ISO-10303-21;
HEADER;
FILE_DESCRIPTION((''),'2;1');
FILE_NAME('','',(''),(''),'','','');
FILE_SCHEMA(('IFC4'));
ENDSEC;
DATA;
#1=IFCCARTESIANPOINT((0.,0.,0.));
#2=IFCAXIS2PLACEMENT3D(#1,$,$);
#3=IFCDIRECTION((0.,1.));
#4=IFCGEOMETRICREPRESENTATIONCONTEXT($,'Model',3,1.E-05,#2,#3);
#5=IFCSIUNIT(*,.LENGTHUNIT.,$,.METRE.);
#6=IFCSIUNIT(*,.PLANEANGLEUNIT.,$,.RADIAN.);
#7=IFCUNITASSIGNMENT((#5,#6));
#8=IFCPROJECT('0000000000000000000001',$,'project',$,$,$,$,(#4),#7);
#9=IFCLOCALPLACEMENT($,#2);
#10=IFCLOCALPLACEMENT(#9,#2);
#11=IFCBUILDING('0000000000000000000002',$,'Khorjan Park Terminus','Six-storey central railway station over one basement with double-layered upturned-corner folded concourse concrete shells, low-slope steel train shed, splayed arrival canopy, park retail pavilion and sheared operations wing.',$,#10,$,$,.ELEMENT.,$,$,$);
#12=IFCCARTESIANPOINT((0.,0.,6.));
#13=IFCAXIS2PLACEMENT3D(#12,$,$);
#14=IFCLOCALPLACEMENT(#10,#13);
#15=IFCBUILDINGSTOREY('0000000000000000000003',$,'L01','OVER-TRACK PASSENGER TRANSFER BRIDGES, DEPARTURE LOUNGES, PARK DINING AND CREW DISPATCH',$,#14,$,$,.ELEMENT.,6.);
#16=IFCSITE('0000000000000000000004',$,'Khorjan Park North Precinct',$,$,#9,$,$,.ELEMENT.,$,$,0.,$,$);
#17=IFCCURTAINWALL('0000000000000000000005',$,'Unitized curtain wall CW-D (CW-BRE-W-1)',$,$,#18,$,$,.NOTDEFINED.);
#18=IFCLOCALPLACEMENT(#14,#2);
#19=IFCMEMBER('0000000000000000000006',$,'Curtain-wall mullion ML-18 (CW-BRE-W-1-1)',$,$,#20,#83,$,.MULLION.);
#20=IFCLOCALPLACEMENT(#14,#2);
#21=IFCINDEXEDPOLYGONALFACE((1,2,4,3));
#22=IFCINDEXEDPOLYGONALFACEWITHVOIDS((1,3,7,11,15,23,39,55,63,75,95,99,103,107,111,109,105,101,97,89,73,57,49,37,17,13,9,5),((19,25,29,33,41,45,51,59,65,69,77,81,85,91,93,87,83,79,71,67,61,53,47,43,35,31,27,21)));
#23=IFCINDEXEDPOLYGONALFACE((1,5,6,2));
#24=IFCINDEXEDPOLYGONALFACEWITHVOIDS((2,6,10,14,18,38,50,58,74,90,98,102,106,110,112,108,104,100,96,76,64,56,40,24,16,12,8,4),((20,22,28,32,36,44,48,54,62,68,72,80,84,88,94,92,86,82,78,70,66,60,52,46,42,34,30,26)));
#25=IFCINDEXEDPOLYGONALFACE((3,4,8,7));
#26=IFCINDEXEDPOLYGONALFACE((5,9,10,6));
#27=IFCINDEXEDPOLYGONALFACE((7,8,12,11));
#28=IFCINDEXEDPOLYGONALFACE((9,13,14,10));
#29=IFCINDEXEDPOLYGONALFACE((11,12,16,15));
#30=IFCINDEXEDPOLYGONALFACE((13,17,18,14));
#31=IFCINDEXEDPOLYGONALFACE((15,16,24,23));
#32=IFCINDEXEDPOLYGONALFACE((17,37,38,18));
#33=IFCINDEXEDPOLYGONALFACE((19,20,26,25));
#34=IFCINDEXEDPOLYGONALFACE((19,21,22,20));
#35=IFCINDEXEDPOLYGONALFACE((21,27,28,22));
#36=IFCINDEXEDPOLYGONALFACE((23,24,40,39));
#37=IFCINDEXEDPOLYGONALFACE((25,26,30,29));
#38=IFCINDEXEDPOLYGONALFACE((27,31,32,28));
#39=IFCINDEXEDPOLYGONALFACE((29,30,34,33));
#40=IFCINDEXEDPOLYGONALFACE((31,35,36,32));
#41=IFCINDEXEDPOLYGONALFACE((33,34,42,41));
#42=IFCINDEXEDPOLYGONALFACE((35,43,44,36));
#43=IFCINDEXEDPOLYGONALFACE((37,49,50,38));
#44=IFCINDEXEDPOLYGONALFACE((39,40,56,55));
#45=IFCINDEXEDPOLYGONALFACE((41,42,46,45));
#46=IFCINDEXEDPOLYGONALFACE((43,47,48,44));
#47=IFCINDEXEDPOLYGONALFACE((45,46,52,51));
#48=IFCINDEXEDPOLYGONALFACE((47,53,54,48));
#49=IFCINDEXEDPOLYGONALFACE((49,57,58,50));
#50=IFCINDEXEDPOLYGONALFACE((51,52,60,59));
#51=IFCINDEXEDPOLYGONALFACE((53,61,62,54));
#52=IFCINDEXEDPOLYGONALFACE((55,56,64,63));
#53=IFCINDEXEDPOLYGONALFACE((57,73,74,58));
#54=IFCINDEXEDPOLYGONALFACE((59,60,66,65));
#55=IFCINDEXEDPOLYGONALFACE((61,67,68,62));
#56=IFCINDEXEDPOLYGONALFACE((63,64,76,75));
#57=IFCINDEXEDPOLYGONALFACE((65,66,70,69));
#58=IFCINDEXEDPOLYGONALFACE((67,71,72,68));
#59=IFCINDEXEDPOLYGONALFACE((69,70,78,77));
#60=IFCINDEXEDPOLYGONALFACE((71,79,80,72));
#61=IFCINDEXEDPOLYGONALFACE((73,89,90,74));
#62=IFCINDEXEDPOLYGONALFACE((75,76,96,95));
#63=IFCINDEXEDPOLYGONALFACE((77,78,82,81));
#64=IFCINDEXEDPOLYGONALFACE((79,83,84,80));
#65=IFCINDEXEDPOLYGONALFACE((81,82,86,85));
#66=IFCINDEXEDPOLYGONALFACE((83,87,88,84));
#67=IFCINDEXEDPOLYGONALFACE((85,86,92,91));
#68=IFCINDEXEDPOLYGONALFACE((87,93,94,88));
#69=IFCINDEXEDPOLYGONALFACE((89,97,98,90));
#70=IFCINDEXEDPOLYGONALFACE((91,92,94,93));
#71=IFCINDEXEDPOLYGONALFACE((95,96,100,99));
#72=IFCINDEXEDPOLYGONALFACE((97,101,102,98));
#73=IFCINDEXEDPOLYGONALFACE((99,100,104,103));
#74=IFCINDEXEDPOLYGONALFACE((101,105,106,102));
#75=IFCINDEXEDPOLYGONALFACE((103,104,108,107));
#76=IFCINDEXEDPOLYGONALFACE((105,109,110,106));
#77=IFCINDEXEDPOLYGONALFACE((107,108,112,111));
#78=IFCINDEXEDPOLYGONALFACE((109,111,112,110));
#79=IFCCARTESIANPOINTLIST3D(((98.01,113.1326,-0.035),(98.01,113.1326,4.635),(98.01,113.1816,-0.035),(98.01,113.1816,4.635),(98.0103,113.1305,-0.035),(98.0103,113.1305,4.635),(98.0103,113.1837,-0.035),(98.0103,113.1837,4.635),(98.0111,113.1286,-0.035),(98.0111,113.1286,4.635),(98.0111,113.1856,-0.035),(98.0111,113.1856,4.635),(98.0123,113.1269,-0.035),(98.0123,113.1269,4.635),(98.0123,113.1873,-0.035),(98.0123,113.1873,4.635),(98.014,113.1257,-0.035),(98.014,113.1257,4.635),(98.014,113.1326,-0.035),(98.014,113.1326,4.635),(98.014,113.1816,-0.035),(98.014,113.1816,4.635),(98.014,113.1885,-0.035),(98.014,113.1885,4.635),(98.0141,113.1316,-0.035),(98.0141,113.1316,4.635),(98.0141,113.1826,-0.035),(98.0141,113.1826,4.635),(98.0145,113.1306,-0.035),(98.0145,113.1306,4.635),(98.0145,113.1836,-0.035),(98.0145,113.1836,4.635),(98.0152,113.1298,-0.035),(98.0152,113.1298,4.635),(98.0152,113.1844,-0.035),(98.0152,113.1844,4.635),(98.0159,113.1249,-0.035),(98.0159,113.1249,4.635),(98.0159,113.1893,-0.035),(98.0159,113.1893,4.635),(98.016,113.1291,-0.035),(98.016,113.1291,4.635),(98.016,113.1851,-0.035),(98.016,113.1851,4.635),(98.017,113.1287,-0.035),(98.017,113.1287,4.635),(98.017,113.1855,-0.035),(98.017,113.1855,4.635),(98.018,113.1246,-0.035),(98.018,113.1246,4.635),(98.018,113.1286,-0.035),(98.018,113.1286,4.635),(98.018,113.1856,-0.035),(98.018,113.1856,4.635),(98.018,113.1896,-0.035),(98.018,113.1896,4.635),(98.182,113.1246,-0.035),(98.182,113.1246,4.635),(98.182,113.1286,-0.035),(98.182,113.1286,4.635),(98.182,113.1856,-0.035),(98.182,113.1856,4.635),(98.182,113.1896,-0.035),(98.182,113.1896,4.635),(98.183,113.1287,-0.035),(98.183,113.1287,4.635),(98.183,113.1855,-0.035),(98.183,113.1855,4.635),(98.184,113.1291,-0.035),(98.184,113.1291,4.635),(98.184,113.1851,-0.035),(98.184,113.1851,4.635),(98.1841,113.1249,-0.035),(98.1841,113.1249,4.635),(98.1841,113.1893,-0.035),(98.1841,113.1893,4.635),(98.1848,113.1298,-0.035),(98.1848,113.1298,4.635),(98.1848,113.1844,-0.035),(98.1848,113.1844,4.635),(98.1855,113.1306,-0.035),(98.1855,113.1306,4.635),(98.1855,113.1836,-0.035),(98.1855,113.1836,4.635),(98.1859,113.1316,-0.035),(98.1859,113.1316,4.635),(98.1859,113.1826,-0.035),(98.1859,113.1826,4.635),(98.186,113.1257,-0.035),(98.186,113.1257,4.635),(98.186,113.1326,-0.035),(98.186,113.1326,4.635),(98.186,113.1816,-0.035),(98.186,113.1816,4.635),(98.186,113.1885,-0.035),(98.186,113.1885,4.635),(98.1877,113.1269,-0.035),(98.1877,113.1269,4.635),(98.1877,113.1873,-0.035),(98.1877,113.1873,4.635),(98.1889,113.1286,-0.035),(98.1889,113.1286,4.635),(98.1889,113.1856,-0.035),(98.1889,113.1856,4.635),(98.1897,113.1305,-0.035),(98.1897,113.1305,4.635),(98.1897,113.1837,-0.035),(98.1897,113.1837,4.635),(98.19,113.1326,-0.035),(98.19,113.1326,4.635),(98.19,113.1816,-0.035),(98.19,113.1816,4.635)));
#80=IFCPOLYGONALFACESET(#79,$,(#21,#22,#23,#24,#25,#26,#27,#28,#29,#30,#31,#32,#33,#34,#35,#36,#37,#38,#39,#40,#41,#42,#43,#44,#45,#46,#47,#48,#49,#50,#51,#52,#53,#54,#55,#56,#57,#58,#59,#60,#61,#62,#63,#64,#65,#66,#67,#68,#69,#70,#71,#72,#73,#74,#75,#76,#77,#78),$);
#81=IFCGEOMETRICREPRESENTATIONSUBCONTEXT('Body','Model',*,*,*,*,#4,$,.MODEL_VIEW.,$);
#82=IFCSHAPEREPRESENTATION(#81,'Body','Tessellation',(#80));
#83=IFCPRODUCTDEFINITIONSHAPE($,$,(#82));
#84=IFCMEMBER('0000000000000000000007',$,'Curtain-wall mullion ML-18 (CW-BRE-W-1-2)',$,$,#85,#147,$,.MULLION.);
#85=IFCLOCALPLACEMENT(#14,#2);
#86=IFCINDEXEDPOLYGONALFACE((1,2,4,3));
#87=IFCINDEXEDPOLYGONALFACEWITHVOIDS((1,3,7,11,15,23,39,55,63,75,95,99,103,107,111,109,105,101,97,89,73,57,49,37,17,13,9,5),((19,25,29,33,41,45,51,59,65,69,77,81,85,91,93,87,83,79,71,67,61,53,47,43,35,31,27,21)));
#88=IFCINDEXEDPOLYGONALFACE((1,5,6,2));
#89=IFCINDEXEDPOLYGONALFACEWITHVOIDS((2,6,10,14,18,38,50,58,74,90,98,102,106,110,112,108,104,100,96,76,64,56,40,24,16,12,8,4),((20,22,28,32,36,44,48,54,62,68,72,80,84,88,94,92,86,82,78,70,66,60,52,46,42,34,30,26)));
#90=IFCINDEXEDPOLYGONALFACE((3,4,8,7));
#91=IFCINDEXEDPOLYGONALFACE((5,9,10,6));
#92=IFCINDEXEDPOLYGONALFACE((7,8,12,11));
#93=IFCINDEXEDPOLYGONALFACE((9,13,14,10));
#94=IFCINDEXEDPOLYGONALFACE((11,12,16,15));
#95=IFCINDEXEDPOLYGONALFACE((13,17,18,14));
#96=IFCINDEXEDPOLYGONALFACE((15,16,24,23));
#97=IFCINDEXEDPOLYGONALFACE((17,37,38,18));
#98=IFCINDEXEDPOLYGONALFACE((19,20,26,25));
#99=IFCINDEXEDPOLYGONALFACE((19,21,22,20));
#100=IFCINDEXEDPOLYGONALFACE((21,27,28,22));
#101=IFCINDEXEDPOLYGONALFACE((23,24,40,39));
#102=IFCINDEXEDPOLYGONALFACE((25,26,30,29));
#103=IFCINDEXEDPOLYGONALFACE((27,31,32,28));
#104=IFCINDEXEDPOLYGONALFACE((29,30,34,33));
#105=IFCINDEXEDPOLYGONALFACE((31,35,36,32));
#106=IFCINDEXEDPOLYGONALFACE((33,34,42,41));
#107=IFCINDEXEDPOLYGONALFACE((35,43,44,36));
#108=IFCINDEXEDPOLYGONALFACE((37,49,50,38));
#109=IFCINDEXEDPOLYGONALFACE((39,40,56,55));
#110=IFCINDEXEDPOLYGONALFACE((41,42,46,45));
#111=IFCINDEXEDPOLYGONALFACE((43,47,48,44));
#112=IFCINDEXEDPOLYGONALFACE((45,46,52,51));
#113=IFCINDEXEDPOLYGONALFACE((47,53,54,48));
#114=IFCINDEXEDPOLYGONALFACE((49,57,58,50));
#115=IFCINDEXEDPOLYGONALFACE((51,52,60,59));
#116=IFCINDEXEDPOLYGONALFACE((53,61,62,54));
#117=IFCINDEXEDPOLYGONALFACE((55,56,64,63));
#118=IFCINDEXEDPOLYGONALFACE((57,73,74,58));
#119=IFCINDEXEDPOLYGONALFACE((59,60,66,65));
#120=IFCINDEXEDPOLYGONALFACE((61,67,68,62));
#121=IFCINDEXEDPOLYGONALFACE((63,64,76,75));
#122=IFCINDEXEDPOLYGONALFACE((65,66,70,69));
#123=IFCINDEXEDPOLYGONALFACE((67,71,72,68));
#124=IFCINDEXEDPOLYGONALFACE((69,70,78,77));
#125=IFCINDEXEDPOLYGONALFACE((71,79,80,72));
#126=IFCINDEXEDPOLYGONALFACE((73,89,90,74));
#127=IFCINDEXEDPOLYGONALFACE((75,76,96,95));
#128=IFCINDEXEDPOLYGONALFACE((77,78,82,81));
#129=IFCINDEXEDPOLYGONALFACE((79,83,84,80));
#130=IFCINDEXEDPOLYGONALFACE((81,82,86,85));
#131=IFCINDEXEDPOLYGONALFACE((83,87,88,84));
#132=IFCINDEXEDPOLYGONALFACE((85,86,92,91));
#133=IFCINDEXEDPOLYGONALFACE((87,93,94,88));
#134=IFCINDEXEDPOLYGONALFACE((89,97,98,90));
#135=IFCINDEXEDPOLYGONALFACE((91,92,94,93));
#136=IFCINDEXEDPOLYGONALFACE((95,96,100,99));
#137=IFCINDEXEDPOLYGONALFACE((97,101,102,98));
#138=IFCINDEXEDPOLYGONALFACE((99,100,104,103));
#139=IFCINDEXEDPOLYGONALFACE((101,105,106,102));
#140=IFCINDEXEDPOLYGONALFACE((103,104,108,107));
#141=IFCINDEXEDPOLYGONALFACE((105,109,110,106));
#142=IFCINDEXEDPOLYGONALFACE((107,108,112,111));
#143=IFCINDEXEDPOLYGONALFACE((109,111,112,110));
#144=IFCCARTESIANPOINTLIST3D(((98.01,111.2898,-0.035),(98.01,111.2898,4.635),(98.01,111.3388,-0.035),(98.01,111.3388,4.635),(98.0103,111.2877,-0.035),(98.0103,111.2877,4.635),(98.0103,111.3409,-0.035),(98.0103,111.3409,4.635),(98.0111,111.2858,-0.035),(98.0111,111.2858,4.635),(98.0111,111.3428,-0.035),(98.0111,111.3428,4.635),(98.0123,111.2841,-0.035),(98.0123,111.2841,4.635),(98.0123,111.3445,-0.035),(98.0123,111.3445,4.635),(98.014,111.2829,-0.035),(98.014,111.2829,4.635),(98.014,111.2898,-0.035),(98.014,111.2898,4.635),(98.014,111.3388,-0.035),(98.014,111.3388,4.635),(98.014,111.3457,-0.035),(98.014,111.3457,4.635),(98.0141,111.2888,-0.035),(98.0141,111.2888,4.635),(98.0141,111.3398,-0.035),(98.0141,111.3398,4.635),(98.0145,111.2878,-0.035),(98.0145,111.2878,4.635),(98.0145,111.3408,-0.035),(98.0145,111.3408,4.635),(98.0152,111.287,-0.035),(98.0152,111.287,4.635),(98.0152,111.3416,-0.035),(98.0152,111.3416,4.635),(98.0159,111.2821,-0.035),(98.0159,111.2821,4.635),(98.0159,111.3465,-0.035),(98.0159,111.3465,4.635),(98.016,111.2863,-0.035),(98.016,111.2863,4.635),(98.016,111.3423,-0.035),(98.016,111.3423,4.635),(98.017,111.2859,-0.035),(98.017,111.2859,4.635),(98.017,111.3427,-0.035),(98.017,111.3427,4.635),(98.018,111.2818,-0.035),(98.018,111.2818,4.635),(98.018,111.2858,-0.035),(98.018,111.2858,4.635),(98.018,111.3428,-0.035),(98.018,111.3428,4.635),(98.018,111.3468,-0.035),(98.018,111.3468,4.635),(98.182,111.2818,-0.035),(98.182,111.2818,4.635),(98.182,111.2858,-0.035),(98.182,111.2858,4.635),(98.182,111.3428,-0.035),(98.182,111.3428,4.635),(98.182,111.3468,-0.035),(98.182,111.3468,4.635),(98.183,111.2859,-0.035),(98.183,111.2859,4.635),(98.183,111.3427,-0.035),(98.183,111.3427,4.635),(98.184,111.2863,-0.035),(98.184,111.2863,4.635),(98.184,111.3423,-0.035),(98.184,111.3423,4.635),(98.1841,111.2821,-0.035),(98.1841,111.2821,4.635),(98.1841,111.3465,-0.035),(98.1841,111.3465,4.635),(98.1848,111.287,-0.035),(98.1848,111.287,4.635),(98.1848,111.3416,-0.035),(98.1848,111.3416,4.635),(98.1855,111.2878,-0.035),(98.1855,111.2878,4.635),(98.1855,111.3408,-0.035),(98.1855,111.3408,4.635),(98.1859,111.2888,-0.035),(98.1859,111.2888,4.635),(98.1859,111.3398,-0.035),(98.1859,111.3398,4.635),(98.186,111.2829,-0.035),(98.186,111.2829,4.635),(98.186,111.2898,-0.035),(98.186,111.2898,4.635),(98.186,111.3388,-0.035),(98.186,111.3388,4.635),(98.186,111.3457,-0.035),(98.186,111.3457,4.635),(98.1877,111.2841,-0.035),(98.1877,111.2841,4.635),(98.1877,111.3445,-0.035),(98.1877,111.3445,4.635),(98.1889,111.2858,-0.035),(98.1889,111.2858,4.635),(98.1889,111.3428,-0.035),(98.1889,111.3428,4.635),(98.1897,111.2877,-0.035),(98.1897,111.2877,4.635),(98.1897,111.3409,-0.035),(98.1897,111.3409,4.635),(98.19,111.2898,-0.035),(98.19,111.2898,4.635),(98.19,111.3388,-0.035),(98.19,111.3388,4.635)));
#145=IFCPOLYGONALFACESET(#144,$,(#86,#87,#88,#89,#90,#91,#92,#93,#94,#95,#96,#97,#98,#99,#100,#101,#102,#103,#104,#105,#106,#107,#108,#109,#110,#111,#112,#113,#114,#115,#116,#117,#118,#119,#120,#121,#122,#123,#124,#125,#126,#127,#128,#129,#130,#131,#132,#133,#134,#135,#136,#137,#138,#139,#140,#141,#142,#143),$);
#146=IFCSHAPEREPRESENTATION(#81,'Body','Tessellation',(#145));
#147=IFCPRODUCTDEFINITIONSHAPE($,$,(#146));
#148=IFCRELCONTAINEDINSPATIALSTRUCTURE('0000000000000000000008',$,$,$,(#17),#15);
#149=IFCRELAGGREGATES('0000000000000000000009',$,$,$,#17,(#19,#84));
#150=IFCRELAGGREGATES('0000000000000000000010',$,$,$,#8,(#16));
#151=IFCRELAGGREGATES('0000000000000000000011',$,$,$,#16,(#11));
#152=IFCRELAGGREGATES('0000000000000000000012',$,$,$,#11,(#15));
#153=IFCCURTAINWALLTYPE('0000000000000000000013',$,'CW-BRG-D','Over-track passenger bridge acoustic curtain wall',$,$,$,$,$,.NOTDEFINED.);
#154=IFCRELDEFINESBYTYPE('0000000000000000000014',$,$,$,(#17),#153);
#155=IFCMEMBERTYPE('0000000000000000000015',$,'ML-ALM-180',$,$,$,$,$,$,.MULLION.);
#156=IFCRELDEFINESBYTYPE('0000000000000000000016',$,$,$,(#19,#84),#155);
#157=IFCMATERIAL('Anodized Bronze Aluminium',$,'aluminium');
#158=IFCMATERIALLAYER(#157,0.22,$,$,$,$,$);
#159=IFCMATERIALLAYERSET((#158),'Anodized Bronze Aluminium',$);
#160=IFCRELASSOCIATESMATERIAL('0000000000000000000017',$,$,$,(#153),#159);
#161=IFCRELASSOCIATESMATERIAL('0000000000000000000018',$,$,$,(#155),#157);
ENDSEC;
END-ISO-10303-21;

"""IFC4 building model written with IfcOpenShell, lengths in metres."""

from ifc_helpers import new_model, si_unit, direction, frame, origin, origin_2d, place, context, subcontext, project, spatial, hollow_rectangle, extrude, material, layer, layer_set, material_profile, profile_set, type_object, element, aggregate, save


model = new_model("IFC4")

# Units and contexts
model_context = context("Model", 3, precision=1e-05, world=origin(), true_north=direction((0.0, 1.0)))
body_context = subcontext(model_context, "Body", "Model", "MODEL_VIEW")
ifc_project = project(units=[si_unit("LENGTHUNIT", "METRE"), si_unit("PLANEANGLEUNIT", "RADIAN")], contexts=[model_context])

# Site, building, storey
site_placement = place(None, origin())
site = spatial("IfcSite", under=ifc_project, at=site_placement, Name="Khorjan Park North Precinct", CompositionType="ELEMENT", RefElevation=0.0)
building_placement = place(site_placement, origin())
building = spatial("IfcBuilding", under=site, at=building_placement, Name="Khorjan Park Terminus", Description="Six-storey central railway station over one basement with double-layered upturned-corner folded concourse concrete shells, low-slope steel train shed, splayed arrival canopy, park retail pavilion and sheared operations wing.", CompositionType="ELEMENT")
storey_placement = place(building_placement, frame((0.0, 0.0, 6.0)))
storey = spatial("IfcBuildingStorey", under=building, at=storey_placement, Name="L01", Description="OVER-TRACK PASSENGER TRANSFER BRIDGES, DEPARTURE LOUNGES, PARK DINING AND CREW DISPATCH", CompositionType="ELEMENT", Elevation=6.0)

# Shared definitions
ifc_material_1 = material(Name="Anodized Bronze Aluminium", Category="aluminium")
ifc_layer_1 = layer(ifc_material_1, 0.22)
ifc_layer_set_1 = layer_set([ifc_layer_1], Name="Anodized Bronze Aluminium")
curtain_wall_type = type_object("IfcCurtainWallType", Name="CW-BRG-D", Description="Over-track passenger bridge acoustic curtain wall", PredefinedType="NOTDEFINED", material=ifc_layer_set_1)
ifc_material_profile_1 = material_profile(ifc_material_1, hollow_rectangle(XDim=0.065, YDim=0.18, WallThickness=0.004, InnerFilletRadius=0.004, OuterFilletRadius=0.008, at=origin_2d()), Name="ALM 65x180x4")
ifc_profile_set_1 = profile_set([ifc_material_profile_1], Name="Anodized Bronze Aluminium")
member_type_1 = type_object("IfcMemberType", Name="ML-ALM-180", PredefinedType="MULLION", material=ifc_profile_set_1)

# Curtain wall, members
curtain_wall_1_placement = place(storey_placement, origin())
curtain_wall_1 = element("IfcCurtainWall", 1, at=curtain_wall_1_placement, inside=storey, type_object=curtain_wall_type, Name="Unitized curtain wall CW-D (CW-BRE-W-1)", PredefinedType="NOTDEFINED")
member_1_placement = place(storey_placement, frame((98.1, 113.1571, -0.035), z_axis=(0.0, 0.0, 1.0), x_axis=(0.0, -1.0, 0.0)))
member_1 = element("IfcMember", 2, at=member_1_placement, type_object=member_type_1, Name="Curtain-wall mullion ML-18 (CW-BRE-W-1-1)", PredefinedType="MULLION", context=body_context, shape_type="SweptSolid", body=[
    extrude(hollow_rectangle(XDim=0.065, YDim=0.18, WallThickness=0.004, InnerFilletRadius=0.004, OuterFilletRadius=0.008, at=origin_2d()), origin(), (0.0, 0.0, 1.0), 4.67),
])
member_2_placement = place(storey_placement, frame((98.1, 111.3143, -0.035), z_axis=(0.0, 0.0, 1.0), x_axis=(0.0, -1.0, 0.0)))
member_2 = element("IfcMember", 3, at=member_2_placement, type_object=member_type_1, Name="Curtain-wall mullion ML-18 (CW-BRE-W-1-2)", PredefinedType="MULLION", context=body_context, shape_type="SweptSolid", body=[
    extrude(hollow_rectangle(XDim=0.065, YDim=0.18, WallThickness=0.004, InnerFilletRadius=0.004, OuterFilletRadius=0.008, at=origin_2d()), origin(), (0.0, 0.0, 1.0), 4.67),
])

aggregate(curtain_wall_1, [member_1, member_2])

save(model, "model.ifc")
